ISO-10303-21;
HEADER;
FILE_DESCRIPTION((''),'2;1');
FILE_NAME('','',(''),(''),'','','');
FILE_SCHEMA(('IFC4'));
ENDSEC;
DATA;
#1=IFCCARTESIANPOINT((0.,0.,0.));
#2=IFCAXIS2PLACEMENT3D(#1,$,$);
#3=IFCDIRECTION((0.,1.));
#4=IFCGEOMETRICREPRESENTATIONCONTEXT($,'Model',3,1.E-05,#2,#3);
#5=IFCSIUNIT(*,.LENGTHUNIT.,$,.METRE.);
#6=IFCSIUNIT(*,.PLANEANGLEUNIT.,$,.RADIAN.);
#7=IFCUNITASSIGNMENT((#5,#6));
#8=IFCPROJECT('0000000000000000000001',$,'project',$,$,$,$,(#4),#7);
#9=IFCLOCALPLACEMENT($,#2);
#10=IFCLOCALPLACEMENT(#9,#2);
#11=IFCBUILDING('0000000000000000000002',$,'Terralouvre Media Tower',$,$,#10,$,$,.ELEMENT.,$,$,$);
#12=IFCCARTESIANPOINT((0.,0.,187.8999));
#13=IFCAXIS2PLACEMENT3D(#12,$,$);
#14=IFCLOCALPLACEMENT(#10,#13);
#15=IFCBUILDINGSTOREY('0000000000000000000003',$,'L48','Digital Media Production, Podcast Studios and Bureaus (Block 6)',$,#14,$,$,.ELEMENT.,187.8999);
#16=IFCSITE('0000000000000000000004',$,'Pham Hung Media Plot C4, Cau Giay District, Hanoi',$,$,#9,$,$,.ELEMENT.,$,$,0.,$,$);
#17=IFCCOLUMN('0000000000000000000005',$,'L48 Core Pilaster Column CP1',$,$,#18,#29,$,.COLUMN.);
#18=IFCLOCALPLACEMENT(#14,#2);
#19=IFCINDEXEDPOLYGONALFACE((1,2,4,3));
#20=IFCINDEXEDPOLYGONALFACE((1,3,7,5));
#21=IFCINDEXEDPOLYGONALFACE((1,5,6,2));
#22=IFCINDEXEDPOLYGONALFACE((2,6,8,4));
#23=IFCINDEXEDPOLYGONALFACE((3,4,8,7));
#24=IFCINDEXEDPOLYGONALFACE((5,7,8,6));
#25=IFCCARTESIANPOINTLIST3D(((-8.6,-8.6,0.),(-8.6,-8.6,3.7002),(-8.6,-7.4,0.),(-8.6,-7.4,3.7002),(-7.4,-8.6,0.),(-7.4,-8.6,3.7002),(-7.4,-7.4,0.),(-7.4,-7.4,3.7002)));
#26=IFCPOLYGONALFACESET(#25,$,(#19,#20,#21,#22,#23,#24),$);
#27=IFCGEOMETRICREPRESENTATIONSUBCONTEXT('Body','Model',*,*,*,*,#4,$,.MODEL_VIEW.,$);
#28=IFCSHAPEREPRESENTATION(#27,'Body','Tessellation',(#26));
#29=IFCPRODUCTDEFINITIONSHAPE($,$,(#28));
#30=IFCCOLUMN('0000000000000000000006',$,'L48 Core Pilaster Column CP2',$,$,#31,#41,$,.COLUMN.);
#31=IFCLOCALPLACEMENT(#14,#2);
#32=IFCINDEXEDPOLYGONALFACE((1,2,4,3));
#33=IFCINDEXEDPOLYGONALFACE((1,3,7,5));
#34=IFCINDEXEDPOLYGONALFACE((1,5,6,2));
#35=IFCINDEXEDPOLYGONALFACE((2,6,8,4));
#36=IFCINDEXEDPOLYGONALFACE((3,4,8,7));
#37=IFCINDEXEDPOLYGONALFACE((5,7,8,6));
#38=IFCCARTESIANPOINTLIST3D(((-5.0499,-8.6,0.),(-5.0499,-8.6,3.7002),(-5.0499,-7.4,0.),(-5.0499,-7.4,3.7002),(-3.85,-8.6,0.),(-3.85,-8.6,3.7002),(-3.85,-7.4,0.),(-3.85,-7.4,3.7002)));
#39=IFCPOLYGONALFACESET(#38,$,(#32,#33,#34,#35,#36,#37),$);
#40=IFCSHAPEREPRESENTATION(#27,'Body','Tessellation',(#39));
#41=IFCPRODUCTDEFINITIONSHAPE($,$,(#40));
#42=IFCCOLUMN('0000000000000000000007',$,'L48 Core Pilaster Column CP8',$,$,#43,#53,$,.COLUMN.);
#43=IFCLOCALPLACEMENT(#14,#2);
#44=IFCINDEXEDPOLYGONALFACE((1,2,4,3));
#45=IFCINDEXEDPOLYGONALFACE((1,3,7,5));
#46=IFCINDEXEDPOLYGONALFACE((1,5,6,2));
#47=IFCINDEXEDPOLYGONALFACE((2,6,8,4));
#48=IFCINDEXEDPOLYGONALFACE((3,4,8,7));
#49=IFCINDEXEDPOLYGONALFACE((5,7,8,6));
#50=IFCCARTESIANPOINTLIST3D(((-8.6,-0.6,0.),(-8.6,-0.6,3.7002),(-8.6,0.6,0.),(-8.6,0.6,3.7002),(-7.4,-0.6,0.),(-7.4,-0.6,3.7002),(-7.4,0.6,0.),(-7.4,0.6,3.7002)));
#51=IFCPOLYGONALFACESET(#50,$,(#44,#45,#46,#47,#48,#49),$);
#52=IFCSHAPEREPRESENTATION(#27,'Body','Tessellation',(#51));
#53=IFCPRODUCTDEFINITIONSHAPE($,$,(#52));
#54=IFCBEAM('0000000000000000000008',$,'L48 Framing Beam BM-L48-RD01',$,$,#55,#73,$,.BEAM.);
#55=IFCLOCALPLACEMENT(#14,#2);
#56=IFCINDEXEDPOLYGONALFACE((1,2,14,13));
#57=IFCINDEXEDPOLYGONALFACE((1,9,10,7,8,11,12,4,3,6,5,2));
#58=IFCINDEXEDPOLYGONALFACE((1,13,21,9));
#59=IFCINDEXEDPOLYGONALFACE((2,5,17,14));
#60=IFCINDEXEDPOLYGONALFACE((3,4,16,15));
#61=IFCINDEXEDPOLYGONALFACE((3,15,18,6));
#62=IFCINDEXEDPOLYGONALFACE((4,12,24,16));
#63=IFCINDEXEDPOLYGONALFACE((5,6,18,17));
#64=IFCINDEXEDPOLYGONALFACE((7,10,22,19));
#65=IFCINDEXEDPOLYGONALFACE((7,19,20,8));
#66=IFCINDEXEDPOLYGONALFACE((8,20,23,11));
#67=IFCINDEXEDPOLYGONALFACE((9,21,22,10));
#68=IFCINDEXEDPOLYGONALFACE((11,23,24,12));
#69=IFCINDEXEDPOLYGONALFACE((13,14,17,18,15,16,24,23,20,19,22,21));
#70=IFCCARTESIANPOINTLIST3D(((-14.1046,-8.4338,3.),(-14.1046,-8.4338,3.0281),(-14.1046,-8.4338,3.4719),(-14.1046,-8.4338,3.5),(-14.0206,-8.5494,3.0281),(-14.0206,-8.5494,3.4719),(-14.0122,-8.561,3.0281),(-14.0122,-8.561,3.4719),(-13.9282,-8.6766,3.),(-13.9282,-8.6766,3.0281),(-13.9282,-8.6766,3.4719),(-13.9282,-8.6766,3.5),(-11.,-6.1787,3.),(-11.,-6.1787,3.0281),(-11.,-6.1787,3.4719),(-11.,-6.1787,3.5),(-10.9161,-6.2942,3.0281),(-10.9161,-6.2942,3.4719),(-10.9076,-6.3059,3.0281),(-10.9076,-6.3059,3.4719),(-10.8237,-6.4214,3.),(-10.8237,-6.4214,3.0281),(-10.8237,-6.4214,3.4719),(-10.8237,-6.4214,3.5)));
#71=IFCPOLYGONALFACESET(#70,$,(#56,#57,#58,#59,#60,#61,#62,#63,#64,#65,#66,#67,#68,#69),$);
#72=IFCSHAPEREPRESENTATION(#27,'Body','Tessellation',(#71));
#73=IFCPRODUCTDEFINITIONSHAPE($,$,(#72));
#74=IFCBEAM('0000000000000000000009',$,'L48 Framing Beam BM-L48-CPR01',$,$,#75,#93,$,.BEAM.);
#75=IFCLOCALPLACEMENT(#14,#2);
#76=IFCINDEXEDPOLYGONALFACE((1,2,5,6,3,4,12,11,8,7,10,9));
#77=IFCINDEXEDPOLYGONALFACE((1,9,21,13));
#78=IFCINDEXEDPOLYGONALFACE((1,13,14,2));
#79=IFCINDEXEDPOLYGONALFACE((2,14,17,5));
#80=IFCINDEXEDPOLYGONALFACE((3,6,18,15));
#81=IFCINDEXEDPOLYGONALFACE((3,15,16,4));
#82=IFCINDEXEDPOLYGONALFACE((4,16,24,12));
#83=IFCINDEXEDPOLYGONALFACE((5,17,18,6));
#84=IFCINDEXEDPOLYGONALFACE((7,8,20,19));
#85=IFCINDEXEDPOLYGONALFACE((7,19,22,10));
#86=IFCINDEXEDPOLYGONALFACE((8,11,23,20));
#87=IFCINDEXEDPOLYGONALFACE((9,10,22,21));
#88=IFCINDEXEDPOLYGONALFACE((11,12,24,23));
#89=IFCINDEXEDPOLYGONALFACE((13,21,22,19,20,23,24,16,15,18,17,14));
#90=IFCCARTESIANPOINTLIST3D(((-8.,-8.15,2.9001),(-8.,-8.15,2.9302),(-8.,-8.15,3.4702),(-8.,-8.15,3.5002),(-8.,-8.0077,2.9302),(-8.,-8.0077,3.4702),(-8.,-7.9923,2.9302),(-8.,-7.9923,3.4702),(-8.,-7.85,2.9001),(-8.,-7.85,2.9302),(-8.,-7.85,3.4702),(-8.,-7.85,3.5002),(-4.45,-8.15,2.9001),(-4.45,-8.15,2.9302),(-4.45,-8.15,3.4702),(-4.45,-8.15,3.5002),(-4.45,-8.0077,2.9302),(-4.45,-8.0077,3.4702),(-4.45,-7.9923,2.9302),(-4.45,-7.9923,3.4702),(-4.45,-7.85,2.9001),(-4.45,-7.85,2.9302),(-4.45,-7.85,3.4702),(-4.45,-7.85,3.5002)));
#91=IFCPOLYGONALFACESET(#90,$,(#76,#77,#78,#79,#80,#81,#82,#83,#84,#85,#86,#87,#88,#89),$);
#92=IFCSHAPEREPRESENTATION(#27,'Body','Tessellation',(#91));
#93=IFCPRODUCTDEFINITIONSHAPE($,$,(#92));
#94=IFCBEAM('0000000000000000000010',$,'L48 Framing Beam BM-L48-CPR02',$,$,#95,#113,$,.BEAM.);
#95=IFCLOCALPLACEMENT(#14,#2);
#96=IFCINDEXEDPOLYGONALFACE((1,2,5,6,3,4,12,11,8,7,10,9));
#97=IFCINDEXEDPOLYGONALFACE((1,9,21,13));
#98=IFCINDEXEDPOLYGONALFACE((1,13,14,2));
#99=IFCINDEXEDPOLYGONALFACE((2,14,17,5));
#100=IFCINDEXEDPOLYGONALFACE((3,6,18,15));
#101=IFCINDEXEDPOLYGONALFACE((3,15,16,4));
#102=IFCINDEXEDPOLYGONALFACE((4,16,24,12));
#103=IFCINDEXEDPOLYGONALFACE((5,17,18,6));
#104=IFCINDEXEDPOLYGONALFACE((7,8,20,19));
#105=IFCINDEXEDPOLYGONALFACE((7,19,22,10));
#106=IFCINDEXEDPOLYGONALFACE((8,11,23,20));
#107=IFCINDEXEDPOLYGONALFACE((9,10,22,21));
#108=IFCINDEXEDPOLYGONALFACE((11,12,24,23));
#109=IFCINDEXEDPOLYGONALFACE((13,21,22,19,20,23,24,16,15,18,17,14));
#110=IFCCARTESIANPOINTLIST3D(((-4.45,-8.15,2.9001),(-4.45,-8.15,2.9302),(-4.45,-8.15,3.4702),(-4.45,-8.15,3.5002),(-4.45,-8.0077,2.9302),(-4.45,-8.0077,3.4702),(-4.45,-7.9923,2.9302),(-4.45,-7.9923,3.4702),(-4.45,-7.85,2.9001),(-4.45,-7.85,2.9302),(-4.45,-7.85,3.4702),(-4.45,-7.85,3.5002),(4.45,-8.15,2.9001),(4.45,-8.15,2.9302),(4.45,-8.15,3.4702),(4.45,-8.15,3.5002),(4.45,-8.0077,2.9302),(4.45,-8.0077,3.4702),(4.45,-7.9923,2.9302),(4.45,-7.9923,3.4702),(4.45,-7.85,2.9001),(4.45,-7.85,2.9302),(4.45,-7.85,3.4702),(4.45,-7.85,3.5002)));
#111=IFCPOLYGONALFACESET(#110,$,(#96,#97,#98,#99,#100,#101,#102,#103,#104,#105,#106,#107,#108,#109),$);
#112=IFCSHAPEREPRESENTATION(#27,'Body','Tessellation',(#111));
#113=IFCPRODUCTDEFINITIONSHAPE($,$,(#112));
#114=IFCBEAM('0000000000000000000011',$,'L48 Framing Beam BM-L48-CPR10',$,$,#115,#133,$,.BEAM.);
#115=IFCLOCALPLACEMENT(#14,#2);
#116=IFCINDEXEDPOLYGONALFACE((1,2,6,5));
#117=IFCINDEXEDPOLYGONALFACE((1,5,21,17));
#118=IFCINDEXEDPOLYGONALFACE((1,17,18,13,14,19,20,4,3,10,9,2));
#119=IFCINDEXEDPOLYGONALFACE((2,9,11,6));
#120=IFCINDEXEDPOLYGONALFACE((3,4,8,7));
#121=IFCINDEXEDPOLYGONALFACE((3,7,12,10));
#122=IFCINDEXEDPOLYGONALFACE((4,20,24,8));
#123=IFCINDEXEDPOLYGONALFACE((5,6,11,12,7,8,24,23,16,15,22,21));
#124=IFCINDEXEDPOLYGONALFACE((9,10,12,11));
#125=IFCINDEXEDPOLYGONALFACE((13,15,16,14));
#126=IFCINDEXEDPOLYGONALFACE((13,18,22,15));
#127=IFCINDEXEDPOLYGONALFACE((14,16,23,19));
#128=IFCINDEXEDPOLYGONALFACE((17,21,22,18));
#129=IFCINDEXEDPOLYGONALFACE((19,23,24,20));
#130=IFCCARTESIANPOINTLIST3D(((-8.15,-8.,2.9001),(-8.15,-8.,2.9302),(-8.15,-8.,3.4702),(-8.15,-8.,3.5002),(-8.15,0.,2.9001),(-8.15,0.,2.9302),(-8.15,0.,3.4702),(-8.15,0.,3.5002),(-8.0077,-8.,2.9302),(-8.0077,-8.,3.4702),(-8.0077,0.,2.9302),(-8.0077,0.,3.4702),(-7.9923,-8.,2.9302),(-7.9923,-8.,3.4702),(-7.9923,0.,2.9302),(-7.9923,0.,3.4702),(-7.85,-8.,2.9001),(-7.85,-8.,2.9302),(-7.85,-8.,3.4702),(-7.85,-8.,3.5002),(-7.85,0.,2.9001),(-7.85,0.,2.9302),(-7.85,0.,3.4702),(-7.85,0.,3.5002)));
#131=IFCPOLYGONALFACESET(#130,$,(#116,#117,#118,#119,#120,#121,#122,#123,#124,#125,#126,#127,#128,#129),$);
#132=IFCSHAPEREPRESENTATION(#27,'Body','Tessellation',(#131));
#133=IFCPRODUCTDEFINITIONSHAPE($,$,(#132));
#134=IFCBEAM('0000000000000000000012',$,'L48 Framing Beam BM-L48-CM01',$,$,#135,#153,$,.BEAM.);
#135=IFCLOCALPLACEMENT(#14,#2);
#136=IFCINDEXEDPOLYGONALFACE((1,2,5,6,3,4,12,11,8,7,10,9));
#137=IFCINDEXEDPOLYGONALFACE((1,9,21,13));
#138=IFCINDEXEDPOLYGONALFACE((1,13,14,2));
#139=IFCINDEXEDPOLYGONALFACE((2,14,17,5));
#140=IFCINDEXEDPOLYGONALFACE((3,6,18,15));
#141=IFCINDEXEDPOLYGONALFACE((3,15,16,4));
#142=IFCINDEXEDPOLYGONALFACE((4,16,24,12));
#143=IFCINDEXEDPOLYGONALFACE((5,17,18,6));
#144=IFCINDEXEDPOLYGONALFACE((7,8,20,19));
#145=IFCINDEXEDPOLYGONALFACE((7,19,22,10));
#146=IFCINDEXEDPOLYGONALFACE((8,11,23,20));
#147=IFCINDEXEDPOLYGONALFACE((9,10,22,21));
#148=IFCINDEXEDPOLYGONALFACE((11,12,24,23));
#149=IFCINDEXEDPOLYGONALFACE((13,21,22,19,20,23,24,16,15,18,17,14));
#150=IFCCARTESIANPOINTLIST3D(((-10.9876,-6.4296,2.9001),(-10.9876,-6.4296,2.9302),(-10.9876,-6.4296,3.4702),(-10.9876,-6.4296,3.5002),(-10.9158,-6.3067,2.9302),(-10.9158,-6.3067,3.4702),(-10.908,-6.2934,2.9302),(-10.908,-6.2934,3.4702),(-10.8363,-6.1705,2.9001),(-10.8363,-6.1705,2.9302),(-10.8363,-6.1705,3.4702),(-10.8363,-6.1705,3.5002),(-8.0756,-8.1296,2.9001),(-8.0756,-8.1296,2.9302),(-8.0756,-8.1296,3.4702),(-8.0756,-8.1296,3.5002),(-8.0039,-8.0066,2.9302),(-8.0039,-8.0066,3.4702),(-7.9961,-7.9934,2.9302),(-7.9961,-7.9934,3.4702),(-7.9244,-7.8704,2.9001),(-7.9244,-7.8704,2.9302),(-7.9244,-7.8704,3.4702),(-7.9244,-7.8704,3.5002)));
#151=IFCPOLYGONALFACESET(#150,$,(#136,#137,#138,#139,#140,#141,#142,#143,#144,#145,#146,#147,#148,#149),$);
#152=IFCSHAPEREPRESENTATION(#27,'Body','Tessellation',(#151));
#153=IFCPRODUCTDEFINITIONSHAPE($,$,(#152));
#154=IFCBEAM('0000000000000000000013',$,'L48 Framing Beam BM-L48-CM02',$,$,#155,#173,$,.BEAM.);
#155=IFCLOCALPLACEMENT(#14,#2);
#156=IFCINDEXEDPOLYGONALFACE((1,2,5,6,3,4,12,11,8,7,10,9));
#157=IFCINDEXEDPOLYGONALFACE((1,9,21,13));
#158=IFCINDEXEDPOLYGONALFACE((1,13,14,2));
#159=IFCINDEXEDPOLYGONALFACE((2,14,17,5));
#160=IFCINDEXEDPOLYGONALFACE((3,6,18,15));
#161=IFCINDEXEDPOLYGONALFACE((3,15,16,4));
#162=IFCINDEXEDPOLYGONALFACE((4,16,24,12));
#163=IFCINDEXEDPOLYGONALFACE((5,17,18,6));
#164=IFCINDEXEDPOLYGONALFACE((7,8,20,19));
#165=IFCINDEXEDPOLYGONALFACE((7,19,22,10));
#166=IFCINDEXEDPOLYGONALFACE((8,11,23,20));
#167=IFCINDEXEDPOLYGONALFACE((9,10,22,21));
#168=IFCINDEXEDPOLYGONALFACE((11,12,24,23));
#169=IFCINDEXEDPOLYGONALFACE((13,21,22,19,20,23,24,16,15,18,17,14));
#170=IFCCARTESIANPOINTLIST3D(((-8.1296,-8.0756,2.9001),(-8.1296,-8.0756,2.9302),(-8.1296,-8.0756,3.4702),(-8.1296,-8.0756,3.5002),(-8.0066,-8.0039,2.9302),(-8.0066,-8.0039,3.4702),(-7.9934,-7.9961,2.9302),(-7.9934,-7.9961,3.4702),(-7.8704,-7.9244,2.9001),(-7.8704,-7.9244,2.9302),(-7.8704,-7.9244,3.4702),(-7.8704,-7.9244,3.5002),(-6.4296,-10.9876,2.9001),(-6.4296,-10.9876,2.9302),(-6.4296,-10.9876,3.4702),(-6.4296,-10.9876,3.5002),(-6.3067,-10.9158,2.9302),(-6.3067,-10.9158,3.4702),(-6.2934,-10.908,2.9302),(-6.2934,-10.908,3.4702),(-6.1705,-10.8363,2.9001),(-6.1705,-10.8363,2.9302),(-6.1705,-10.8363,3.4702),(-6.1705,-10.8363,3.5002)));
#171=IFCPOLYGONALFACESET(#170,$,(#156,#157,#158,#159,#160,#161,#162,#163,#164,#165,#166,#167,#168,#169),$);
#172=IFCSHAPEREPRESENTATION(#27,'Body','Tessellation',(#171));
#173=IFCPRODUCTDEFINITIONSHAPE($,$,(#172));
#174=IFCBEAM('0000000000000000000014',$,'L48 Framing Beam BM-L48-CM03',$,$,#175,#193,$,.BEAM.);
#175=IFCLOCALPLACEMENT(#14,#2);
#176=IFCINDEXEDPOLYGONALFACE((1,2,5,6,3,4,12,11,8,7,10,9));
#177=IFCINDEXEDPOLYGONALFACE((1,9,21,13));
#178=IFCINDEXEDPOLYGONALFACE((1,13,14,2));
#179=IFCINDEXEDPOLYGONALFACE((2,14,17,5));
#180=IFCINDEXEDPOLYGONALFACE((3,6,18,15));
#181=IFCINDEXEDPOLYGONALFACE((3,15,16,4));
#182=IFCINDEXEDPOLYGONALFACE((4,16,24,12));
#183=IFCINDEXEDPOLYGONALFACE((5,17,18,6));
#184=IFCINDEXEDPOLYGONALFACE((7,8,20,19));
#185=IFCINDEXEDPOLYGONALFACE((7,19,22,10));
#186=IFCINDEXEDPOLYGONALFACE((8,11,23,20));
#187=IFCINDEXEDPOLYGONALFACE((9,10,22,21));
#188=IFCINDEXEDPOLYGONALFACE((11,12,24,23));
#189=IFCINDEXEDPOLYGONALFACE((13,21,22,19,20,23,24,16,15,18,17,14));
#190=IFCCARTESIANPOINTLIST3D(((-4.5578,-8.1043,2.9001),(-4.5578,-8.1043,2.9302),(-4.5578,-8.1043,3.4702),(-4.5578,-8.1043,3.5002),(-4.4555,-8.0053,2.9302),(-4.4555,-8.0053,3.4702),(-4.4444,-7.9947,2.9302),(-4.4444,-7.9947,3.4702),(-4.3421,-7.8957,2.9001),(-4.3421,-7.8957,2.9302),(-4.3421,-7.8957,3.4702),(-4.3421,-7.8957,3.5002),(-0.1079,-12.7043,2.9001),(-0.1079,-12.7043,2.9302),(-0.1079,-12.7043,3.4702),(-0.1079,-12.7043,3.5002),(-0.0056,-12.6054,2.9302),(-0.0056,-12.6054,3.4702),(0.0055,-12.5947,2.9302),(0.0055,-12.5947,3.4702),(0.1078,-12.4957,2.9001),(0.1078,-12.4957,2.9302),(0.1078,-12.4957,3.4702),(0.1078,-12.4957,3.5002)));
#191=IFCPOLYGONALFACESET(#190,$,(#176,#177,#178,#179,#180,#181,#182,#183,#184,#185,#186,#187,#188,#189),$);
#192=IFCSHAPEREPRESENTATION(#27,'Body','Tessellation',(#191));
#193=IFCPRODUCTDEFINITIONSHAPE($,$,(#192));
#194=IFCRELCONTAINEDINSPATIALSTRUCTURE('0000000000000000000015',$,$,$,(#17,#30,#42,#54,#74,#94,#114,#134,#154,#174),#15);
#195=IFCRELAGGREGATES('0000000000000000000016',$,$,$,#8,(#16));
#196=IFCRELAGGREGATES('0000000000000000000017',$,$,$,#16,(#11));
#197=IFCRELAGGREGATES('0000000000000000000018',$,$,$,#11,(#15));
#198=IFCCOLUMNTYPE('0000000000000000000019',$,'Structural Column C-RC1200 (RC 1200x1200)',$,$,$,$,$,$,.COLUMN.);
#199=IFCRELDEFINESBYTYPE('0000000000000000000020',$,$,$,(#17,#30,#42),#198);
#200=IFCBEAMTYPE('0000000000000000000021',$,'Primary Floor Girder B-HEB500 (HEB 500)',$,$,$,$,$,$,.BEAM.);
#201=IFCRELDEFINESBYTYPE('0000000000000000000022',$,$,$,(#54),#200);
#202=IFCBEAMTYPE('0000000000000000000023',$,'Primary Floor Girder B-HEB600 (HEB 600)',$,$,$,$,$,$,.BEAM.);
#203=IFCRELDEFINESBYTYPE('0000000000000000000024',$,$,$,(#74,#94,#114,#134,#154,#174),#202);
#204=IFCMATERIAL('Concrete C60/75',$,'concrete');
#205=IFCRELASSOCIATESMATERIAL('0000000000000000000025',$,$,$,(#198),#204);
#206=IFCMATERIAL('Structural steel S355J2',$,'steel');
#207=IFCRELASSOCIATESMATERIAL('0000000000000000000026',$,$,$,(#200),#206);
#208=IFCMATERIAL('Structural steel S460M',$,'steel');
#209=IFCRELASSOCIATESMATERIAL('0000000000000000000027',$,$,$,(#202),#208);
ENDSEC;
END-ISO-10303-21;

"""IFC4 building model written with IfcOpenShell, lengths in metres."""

from ifc_helpers import new_model, si_unit, direction, frame, origin, origin_2d, place, context, subcontext, project, spatial, rectangle, i_section, extrude, material, material_profile, profile_set, type_object, element, save


model = new_model("IFC4")

# Units and contexts
model_context = context("Model", 3, precision=1e-05, world=origin(), true_north=direction((0.0, 1.0)))
body_context = subcontext(model_context, "Body", "Model", "MODEL_VIEW")
ifc_project = project(units=[si_unit("LENGTHUNIT", "METRE"), si_unit("PLANEANGLEUNIT", "RADIAN")], contexts=[model_context])

# Site, building, storey
site_placement = place(None, origin())
site = spatial("IfcSite", under=ifc_project, at=site_placement, Name="Pham Hung Media Plot C4, Cau Giay District, Hanoi", CompositionType="ELEMENT", RefElevation=0.0)
building_placement = place(site_placement, origin())
building = spatial("IfcBuilding", under=site, at=building_placement, Name="Terralouvre Media Tower", CompositionType="ELEMENT")
storey_placement = place(building_placement, frame((0.0, 0.0, 187.8999)))
storey = spatial("IfcBuildingStorey", under=building, at=storey_placement, Name="L48", Description="Digital Media Production, Podcast Studios and Bureaus (Block 6)", CompositionType="ELEMENT", Elevation=187.8999)

# Columns
ifc_material_1 = material(Name="Concrete C60/75", Category="concrete")
ifc_material_profile_1 = material_profile(ifc_material_1, rectangle(XDim=1.2, YDim=1.2, at=origin_2d()), Name="RC 1200x1200")
ifc_profile_set_1 = profile_set([ifc_material_profile_1], Name="Concrete C60/75")
column_type = type_object("IfcColumnType", Name="Structural Column C-RC1200 (RC 1200x1200)", PredefinedType="COLUMN", material=ifc_profile_set_1)
for number, where, z_axis, x_axis, name in (
    (1, (-8.0, -8.0, 0.0), (0.0, 0.0, 1.0), (1.0, 0.0, 0.0), "L48 Core Pilaster Column CP1"),
    (2, (-4.45, -8.0, 0.0), (0.0, 0.0, 1.0), (1.0, 0.0, 0.0), "L48 Core Pilaster Column CP2"),
    (3, (-8.0, 0.0, 0.0), (0.0, 0.0, 1.0), (1.0, 0.0, 0.0), "L48 Core Pilaster Column CP8"),
):
    element("IfcColumn", number, at=place(storey_placement, frame(where, z_axis=z_axis, x_axis=x_axis)), inside=storey, type_object=column_type, Name=name, PredefinedType="COLUMN", context=body_context, shape_type="SweptSolid", body=[
        extrude(rectangle(XDim=1.2, YDim=1.2, at=origin_2d()), origin(), (0.0, 0.0, 1.0), 3.7002),
    ])

# Beams
ifc_material_2 = material(Name="Structural steel S355J2", Category="steel")
ifc_material_profile_2 = material_profile(ifc_material_2, i_section(OverallWidth=0.3, OverallDepth=0.5, WebThickness=0.0144, FlangeThickness=0.0281, at=origin_2d()), Name="HEB 500")
ifc_profile_set_2 = profile_set([ifc_material_profile_2], Name="Structural steel S355J2")
beam_type_1 = type_object("IfcBeamType", Name="Primary Floor Girder B-HEB500 (HEB 500)", PredefinedType="BEAM", material=ifc_profile_set_2)
beam_1_placement = place(storey_placement, frame((-10.9119, -6.3, 3.25), z_axis=(-0.809069, -0.587714, 0.0), x_axis=(0.587714, -0.809069, 0.0)))
element("IfcBeam", 4, at=beam_1_placement, inside=storey, type_object=beam_type_1, Name="L48 Framing Beam BM-L48-RD01", PredefinedType="BEAM", context=body_context, shape_type="SweptSolid", body=[
    extrude(i_section(OverallWidth=0.3, OverallDepth=0.5, WebThickness=0.0144, FlangeThickness=0.0281, at=origin_2d()), origin(), (0.0, 0.0, 1.0), 3.8372),
])
ifc_material_3 = material(Name="Structural steel S460M", Category="steel")
ifc_material_profile_3 = material_profile(ifc_material_3, i_section(OverallWidth=0.3, OverallDepth=0.6001, WebThickness=0.0154, FlangeThickness=0.03, at=origin_2d()), Name="HEB 600")
ifc_profile_set_3 = profile_set([ifc_material_profile_3], Name="Structural steel S460M")
beam_type_2 = type_object("IfcBeamType", Name="Primary Floor Girder B-HEB600 (HEB 600)", PredefinedType="BEAM", material=ifc_profile_set_3)
beam_2_placement = place(storey_placement, frame((-8.0, -8.0, 3.2002), z_axis=(1.0, 0.0, 0.0), x_axis=(0.0, 1.0, 0.0)))
element("IfcBeam", 5, at=beam_2_placement, inside=storey, type_object=beam_type_2, Name="L48 Framing Beam BM-L48-CPR01", PredefinedType="BEAM", context=body_context, shape_type="SweptSolid", body=[
    extrude(i_section(OverallWidth=0.3, OverallDepth=0.6001, WebThickness=0.0154, FlangeThickness=0.03, at=origin_2d()), origin(), (0.0, 0.0, 1.0), 3.55),
])
beam_3_placement = place(storey_placement, frame((-4.45, -8.0, 3.2002), z_axis=(1.0, 0.0, 0.0), x_axis=(0.0, 1.0, 0.0)))
element("IfcBeam", 6, at=beam_3_placement, inside=storey, type_object=beam_type_2, Name="L48 Framing Beam BM-L48-CPR02", PredefinedType="BEAM", context=body_context, shape_type="SweptSolid", body=[
    extrude(i_section(OverallWidth=0.3, OverallDepth=0.6001, WebThickness=0.0154, FlangeThickness=0.03, at=origin_2d()), origin(), (0.0, 0.0, 1.0), 8.8999),
])
beam_4_placement = place(storey_placement, frame((-8.0, 0.0, 3.2002), z_axis=(0.0, -1.0, 0.0), x_axis=(1.0, 0.0, 0.0)))
element("IfcBeam", 7, at=beam_4_placement, inside=storey, type_object=beam_type_2, Name="L48 Framing Beam BM-L48-CPR10", PredefinedType="BEAM", context=body_context, shape_type="SweptSolid", body=[
    extrude(i_section(OverallWidth=0.3, OverallDepth=0.6001, WebThickness=0.0154, FlangeThickness=0.03, at=origin_2d()), origin(), (0.0, 0.0, 1.0), 8.0),
])
for number, where, z_axis, x_axis, name in (
    (8, (-8.0, -8.0, 3.2002), (-0.863603, 0.504173, 0.0), (-0.504173, -0.863603, 0.0), "L48 Framing Beam BM-L48-CM01"),
    (9, (-8.0, -8.0, 3.2002), (0.504173, -0.863603, 0.0), (0.863603, 0.504173, 0.0), "L48 Framing Beam BM-L48-CM02"),
):
    element("IfcBeam", number, at=place(storey_placement, frame(where, z_axis=z_axis, x_axis=x_axis)), inside=storey, type_object=beam_type_2, Name=name, PredefinedType="BEAM", context=body_context, shape_type="SweptSolid", body=[
        extrude(i_section(OverallWidth=0.3, OverallDepth=0.6001, WebThickness=0.0154, FlangeThickness=0.03, at=origin_2d()), origin(), (0.0, 0.0, 1.0), 3.3718),
    ])
beam_5_placement = place(storey_placement, frame((-4.45, -8.0, 3.2002), z_axis=(0.69528, -0.718739, 0.0), x_axis=(0.718739, 0.69528, 0.0)))
element("IfcBeam", 10, at=beam_5_placement, inside=storey, type_object=beam_type_2, Name="L48 Framing Beam BM-L48-CM03", PredefinedType="BEAM", context=body_context, shape_type="SweptSolid", body=[
    extrude(i_section(OverallWidth=0.3, OverallDepth=0.6001, WebThickness=0.0154, FlangeThickness=0.03, at=origin_2d()), origin(), (0.0, 0.0, 1.0), 6.4001),
])

save(model, "model.ifc")
